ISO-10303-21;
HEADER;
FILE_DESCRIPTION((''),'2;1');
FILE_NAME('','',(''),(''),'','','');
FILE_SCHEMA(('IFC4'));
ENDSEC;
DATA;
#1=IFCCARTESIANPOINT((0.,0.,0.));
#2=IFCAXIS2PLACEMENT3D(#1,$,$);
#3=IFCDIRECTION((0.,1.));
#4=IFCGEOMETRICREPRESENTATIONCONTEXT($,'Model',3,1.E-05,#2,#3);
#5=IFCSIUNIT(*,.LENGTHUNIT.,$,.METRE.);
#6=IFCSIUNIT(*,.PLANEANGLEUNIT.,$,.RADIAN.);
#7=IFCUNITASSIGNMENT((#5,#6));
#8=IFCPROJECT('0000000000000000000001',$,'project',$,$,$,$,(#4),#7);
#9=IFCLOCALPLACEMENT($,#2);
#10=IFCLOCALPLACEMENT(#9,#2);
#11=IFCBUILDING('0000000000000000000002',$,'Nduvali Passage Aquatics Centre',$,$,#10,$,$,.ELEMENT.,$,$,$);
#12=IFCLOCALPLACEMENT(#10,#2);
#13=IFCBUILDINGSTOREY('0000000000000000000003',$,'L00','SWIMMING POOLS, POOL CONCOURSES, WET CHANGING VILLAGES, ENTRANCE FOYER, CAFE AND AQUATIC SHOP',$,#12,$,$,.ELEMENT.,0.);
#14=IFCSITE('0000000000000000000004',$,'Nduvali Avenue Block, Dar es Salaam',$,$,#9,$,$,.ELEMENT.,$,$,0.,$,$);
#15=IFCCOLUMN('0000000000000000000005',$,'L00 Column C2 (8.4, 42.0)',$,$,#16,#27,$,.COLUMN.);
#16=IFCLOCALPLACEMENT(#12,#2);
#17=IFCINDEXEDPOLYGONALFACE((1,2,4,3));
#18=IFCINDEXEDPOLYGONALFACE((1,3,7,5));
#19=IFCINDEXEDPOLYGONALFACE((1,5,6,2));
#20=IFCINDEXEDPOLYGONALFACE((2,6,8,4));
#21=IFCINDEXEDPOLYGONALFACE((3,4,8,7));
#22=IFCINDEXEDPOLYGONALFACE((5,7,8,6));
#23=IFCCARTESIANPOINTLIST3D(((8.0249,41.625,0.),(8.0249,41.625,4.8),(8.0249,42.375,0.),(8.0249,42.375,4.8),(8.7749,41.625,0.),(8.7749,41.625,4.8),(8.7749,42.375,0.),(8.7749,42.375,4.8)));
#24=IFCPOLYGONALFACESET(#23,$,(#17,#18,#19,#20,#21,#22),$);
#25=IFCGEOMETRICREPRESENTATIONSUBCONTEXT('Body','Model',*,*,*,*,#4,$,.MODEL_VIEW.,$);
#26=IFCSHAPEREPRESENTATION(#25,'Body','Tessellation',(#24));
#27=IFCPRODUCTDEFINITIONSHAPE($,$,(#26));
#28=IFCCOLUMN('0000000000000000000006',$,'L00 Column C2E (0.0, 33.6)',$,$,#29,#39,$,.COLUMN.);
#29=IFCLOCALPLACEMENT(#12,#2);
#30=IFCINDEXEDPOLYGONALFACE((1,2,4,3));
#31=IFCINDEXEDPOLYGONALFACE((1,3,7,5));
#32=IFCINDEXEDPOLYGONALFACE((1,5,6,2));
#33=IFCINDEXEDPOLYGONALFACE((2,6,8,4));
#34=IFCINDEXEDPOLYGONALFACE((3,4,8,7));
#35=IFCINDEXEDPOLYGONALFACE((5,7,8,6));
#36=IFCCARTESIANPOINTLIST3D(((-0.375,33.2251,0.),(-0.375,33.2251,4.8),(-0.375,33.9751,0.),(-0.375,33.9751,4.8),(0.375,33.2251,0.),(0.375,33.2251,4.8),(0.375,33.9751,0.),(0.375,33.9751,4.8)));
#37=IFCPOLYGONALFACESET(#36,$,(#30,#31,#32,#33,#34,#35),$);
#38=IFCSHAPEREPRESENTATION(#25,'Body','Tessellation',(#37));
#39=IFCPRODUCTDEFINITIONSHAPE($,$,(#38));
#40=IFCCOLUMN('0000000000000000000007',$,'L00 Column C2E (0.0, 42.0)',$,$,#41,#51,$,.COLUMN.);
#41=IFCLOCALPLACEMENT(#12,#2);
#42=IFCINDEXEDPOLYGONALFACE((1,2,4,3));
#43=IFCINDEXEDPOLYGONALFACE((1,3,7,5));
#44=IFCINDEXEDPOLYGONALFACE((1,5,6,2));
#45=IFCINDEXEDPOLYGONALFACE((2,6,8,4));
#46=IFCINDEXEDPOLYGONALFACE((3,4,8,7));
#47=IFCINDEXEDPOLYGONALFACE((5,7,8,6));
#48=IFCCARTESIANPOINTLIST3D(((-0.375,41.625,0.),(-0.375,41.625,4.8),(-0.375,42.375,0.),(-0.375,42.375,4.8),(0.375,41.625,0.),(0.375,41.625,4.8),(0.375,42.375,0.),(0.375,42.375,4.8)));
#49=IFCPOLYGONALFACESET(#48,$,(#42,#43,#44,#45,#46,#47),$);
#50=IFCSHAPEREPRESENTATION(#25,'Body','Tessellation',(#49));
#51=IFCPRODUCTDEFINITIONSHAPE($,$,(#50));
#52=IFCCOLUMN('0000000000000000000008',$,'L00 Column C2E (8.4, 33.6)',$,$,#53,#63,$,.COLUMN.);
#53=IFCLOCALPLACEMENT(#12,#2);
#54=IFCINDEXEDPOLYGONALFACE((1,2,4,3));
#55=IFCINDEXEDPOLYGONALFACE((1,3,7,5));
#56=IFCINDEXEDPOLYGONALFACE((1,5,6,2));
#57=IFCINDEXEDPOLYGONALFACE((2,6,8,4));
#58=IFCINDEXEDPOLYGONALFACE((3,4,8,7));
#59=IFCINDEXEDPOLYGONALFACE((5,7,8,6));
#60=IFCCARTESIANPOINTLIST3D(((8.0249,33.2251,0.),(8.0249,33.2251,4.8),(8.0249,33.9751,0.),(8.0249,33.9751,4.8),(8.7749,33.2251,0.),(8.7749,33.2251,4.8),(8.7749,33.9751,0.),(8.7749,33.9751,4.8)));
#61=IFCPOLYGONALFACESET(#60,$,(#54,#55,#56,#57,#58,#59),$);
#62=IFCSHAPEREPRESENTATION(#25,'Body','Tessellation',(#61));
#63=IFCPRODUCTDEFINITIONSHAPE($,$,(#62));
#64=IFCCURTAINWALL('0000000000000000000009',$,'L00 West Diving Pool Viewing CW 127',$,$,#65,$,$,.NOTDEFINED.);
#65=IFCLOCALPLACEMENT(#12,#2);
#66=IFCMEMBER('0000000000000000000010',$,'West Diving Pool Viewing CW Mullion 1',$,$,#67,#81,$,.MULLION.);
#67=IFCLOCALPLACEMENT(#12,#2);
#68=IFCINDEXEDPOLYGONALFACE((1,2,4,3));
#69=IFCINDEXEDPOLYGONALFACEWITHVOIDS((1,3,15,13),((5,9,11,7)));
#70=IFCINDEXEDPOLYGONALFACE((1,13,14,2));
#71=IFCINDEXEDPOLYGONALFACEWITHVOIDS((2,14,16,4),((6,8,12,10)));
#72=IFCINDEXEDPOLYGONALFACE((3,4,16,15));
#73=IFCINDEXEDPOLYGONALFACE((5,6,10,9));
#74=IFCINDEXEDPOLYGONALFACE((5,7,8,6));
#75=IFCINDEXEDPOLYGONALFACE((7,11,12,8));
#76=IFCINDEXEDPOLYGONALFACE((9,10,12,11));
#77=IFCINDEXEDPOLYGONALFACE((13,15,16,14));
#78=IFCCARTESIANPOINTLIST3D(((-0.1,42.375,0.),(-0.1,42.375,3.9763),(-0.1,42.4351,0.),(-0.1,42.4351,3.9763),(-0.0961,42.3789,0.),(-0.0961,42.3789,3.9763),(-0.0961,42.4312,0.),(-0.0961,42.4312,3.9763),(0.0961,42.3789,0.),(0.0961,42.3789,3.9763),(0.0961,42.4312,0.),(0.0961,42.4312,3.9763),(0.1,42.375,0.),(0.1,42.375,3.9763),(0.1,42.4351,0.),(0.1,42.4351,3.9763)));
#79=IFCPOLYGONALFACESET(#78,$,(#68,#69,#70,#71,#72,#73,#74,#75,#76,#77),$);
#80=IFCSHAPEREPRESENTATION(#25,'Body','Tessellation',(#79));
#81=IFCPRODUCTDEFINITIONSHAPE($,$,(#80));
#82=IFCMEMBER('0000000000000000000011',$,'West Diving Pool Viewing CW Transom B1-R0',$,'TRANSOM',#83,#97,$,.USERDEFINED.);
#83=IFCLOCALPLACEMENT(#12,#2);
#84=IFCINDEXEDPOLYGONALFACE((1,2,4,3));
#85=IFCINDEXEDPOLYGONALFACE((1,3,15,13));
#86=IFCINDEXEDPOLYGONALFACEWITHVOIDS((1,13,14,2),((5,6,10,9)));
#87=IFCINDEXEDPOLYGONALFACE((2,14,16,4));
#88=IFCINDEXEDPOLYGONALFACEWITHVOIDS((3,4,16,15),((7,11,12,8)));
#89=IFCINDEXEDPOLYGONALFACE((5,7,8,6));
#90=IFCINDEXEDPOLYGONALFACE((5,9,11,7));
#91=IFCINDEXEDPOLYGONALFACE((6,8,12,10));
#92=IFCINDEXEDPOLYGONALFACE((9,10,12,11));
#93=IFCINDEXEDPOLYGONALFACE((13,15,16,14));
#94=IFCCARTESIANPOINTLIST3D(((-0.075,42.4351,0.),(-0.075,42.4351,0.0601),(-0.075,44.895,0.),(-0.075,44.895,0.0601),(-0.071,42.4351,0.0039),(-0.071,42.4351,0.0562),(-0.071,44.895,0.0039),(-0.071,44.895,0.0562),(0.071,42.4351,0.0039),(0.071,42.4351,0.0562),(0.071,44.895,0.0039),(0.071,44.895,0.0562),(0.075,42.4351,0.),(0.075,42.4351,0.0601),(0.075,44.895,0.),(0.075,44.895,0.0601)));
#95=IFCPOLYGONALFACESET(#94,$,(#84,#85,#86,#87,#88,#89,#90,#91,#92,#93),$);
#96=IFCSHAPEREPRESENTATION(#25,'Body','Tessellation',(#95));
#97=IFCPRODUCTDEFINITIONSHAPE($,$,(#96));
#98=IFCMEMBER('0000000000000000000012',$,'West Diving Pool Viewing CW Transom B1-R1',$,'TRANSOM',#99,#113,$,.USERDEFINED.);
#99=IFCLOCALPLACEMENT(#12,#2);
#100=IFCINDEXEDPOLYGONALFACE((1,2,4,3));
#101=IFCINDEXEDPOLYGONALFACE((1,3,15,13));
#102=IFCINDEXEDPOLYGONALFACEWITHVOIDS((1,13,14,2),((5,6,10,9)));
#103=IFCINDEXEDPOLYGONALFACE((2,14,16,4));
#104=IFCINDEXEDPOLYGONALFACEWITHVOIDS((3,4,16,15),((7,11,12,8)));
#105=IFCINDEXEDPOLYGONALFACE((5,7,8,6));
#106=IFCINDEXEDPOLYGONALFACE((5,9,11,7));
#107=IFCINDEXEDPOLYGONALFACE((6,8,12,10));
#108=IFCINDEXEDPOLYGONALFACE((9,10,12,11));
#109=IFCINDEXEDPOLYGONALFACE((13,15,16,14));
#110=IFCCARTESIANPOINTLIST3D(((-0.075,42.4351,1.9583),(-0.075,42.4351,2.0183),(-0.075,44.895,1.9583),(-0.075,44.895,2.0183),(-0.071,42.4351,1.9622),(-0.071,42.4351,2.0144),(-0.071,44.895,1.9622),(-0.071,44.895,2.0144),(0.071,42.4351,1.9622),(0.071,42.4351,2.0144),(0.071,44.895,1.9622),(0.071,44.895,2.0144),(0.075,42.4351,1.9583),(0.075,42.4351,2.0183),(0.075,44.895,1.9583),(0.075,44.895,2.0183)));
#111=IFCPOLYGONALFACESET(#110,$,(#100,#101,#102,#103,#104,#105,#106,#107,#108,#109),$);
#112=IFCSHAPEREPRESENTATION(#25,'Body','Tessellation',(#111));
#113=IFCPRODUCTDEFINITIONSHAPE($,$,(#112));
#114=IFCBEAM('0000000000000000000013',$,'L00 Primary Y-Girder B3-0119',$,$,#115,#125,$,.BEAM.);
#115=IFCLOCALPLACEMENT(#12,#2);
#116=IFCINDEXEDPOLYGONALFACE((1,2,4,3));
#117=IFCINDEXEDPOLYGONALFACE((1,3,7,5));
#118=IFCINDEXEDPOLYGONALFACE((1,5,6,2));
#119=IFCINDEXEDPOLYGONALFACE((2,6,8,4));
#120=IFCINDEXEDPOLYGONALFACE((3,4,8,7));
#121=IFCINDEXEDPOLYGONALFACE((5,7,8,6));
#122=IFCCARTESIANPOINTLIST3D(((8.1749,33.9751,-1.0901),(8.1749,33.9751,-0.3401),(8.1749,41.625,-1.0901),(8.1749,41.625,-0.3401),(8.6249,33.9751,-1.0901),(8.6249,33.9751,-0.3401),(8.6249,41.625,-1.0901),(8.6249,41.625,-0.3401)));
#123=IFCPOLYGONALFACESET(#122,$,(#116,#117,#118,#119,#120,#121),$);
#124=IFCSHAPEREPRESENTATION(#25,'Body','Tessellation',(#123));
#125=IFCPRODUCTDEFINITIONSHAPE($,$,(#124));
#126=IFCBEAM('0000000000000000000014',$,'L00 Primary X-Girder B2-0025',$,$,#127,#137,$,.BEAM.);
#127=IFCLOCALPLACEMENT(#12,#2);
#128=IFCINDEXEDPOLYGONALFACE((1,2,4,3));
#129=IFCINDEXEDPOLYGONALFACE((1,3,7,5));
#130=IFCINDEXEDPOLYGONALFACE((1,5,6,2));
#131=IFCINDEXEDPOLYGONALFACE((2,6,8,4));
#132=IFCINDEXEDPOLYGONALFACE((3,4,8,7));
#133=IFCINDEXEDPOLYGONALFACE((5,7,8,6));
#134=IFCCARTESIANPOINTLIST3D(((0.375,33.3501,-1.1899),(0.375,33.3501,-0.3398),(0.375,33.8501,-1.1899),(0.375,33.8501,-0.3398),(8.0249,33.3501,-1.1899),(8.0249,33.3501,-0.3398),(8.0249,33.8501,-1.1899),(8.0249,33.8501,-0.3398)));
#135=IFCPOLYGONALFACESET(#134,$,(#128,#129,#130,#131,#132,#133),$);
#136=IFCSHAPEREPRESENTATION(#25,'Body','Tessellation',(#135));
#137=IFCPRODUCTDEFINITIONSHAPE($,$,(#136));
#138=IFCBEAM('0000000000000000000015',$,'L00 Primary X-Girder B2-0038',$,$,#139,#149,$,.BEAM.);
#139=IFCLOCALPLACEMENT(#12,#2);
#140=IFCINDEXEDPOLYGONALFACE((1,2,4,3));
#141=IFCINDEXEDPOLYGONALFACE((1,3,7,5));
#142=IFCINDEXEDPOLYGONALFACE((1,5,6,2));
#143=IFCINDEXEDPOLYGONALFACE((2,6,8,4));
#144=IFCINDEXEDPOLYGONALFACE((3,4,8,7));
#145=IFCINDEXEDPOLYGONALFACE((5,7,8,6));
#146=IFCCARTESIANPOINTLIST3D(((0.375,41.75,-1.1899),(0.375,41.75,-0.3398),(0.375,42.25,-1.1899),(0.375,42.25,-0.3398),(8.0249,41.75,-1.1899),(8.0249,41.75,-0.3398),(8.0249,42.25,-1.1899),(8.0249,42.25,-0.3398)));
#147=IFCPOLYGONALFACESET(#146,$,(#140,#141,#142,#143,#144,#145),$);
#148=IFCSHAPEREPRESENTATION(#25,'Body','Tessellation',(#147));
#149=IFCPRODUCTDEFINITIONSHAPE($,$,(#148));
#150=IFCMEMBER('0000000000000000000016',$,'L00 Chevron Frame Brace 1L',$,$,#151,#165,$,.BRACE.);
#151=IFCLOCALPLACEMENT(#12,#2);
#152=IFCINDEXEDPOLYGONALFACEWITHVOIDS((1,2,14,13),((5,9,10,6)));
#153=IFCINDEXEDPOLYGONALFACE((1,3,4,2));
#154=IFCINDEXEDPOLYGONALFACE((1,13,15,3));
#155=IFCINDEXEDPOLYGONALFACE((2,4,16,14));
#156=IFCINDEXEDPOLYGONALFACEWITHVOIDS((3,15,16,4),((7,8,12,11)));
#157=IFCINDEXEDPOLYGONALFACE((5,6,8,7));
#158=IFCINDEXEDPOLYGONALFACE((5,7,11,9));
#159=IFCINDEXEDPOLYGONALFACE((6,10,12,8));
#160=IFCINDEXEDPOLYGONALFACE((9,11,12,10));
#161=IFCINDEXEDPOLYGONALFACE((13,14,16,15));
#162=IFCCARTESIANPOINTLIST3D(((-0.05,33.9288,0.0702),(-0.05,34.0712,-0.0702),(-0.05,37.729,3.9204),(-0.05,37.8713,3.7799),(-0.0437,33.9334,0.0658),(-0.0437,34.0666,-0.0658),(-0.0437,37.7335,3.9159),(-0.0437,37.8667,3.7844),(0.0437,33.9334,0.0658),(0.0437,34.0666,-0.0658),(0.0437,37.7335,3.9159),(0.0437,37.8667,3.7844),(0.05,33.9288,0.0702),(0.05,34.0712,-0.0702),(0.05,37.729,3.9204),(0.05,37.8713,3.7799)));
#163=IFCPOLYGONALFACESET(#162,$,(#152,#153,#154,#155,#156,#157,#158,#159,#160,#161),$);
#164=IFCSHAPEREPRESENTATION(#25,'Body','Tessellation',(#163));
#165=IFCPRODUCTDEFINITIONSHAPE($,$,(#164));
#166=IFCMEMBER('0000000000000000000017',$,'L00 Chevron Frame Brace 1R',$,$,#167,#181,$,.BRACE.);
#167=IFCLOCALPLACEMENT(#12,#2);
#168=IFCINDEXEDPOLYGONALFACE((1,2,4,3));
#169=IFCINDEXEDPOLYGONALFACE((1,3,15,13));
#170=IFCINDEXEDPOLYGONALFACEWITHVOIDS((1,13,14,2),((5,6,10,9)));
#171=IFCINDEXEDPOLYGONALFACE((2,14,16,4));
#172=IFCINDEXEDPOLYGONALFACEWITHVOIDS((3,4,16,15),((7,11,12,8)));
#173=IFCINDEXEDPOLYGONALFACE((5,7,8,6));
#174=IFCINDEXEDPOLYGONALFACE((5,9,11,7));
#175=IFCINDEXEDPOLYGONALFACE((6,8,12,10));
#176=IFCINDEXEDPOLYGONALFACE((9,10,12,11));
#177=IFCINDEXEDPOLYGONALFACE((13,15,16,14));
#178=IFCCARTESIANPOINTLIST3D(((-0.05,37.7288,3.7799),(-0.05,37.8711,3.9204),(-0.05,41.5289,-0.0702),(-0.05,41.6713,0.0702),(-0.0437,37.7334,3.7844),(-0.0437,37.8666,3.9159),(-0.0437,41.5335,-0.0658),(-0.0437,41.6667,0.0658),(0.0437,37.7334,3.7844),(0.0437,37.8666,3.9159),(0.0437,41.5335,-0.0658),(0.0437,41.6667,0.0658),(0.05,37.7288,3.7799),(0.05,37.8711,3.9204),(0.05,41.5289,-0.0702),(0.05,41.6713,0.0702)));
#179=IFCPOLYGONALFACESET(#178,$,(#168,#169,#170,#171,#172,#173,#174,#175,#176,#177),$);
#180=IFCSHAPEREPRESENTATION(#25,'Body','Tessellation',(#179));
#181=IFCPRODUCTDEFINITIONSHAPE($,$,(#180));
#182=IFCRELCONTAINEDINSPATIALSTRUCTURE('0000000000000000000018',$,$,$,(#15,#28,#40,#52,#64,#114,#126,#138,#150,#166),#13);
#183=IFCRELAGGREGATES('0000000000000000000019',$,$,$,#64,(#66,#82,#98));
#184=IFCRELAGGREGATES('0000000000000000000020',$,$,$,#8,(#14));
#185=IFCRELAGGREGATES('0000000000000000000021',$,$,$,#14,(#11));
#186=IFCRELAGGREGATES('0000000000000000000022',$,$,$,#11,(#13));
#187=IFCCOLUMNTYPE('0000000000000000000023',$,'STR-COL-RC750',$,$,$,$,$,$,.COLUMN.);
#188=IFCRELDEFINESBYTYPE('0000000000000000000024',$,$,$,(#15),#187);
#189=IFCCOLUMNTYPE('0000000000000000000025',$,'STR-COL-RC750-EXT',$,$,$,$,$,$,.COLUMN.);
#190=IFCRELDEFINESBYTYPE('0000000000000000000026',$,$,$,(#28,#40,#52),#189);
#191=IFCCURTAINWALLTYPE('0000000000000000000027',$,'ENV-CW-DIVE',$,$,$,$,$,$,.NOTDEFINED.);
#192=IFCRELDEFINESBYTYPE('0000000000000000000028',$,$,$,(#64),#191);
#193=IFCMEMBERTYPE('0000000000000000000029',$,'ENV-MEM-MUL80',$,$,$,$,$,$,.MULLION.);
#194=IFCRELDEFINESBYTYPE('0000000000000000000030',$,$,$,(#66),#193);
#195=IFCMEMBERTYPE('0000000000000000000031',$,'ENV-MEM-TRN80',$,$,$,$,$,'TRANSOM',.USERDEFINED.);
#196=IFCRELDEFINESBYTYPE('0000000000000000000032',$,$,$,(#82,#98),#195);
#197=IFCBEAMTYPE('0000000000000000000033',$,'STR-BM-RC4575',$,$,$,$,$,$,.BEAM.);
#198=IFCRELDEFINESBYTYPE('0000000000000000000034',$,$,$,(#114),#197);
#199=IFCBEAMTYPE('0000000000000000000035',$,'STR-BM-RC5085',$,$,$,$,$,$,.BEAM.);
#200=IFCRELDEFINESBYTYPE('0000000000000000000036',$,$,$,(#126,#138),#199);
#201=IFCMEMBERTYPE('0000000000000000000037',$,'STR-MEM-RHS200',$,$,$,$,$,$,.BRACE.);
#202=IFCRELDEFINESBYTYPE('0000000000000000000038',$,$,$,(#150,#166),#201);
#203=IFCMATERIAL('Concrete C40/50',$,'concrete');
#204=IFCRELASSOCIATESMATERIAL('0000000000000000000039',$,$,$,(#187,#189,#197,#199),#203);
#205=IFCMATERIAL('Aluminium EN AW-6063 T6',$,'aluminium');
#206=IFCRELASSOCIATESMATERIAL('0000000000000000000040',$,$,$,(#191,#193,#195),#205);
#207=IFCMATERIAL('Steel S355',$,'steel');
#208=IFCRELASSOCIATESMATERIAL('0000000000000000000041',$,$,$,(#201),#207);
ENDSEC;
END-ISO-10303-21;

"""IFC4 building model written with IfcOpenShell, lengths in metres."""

from ifc_helpers import new_model, si_unit, direction, frame, origin, origin_2d, place, context, subcontext, project, spatial, rectangle, hollow_rectangle, extrude, material, material_profile, profile_set, type_object, element, aggregate, save


model = new_model("IFC4")

# Units and contexts
model_context = context("Model", 3, precision=1e-05, world=origin(), true_north=direction((0.0, 1.0)))
body_context = subcontext(model_context, "Body", "Model", "MODEL_VIEW")
ifc_project = project(units=[si_unit("LENGTHUNIT", "METRE"), si_unit("PLANEANGLEUNIT", "RADIAN")], contexts=[model_context])

# Site, building, storey
site_placement = place(None, origin())
site = spatial("IfcSite", under=ifc_project, at=site_placement, Name="Nduvali Avenue Block, Dar es Salaam", CompositionType="ELEMENT", RefElevation=0.0)
building_placement = place(site_placement, origin())
building = spatial("IfcBuilding", under=site, at=building_placement, Name="Nduvali Passage Aquatics Centre", CompositionType="ELEMENT")
storey_placement = place(building_placement, origin())
storey = spatial("IfcBuildingStorey", under=building, at=storey_placement, Name="L00", Description="SWIMMING POOLS, POOL CONCOURSES, WET CHANGING VILLAGES, ENTRANCE FOYER, CAFE AND AQUATIC SHOP", CompositionType="ELEMENT", Elevation=0.0)

# Columns
ifc_material_1 = material(Name="Concrete C40/50", Category="concrete")
ifc_material_profile_1 = material_profile(ifc_material_1, rectangle(XDim=0.75, YDim=0.75, at=origin_2d()), Name="RC 750x750")
ifc_profile_set_1 = profile_set([ifc_material_profile_1], Name="Concrete C40/50")
column_type_1 = type_object("IfcColumnType", Name="STR-COL-RC750", PredefinedType="COLUMN", material=ifc_profile_set_1)
column_placement = place(storey_placement, frame((8.3999, 42.0, 0.0), z_axis=(0.0, 0.0, 1.0), x_axis=(1.0, 0.0, 0.0)))
element("IfcColumn", 1, at=column_placement, inside=storey, type_object=column_type_1, Name="L00 Column C2 (8.4, 42.0)", PredefinedType="COLUMN", context=body_context, shape_type="SweptSolid", body=[
    extrude(rectangle(XDim=0.75, YDim=0.75, at=origin_2d()), origin(), (0.0, 0.0, 1.0), 4.8),
])
ifc_material_profile_2 = material_profile(ifc_material_1, rectangle(XDim=0.75, YDim=0.75, at=origin_2d()), Name="RC 750x750")
ifc_profile_set_2 = profile_set([ifc_material_profile_2], Name="Concrete C40/50")
column_type_2 = type_object("IfcColumnType", Name="STR-COL-RC750-EXT", PredefinedType="COLUMN", material=ifc_profile_set_2)
for number, where, z_axis, x_axis, name in (
    (2, (0.0, 33.6001, 0.0), (0.0, 0.0, 1.0), (1.0, 0.0, 0.0), "L00 Column C2E (0.0, 33.6)"),
    (3, (0.0, 42.0, 0.0), (0.0, 0.0, 1.0), (1.0, 0.0, 0.0), "L00 Column C2E (0.0, 42.0)"),
    (4, (8.3999, 33.6001, 0.0), (0.0, 0.0, 1.0), (1.0, 0.0, 0.0), "L00 Column C2E (8.4, 33.6)"),
):
    element("IfcColumn", number, at=place(storey_placement, frame(where, z_axis=z_axis, x_axis=x_axis)), inside=storey, type_object=column_type_2, Name=name, PredefinedType="COLUMN", context=body_context, shape_type="SweptSolid", body=[
        extrude(rectangle(XDim=0.75, YDim=0.75, at=origin_2d()), origin(), (0.0, 0.0, 1.0), 4.8),
    ])

# Curtain wall, members
ifc_material_2 = material(Name="Aluminium EN AW-6063 T6", Category="aluminium")
curtain_wall_type = type_object("IfcCurtainWallType", Name="ENV-CW-DIVE", PredefinedType="NOTDEFINED", material=ifc_material_2)
curtain_wall_placement = place(storey_placement, origin())
curtain_wall = element("IfcCurtainWall", 5, at=curtain_wall_placement, inside=storey, type_object=curtain_wall_type, Name="L00 West Diving Pool Viewing CW 127", PredefinedType="NOTDEFINED")
ifc_material_profile_3 = material_profile(ifc_material_2, hollow_rectangle(XDim=0.0601, YDim=0.2, WallThickness=0.0039, at=origin_2d()), Name="ALU MULLION 60x200x4")
ifc_profile_set_3 = profile_set([ifc_material_profile_3], Name="Aluminium EN AW-6063 T6")
member_type_1 = type_object("IfcMemberType", Name="ENV-MEM-MUL80", PredefinedType="MULLION", material=ifc_profile_set_3)
member_1_placement = place(storey_placement, frame((0.0, 42.405, 0.0), z_axis=(0.0, 0.0, 1.0), x_axis=(0.0, 1.0, 0.0)))
member_1 = element("IfcMember", 6, at=member_1_placement, type_object=member_type_1, Name="West Diving Pool Viewing CW Mullion 1", PredefinedType="MULLION", context=body_context, shape_type="SweptSolid", body=[
    extrude(hollow_rectangle(XDim=0.0601, YDim=0.2, WallThickness=0.0039, at=origin_2d()), origin(), (0.0, 0.0, 1.0), 3.9763),
])
ifc_material_profile_4 = material_profile(ifc_material_2, hollow_rectangle(XDim=0.1499, YDim=0.0601, WallThickness=0.0039, at=origin_2d()), Name="ALU TRANSOM 150x60x4")
ifc_profile_set_4 = profile_set([ifc_material_profile_4], Name="Aluminium EN AW-6063 T6")
member_type_2 = type_object("IfcMemberType", Name="ENV-MEM-TRN80", ElementType="TRANSOM", PredefinedType="USERDEFINED", material=ifc_profile_set_4)
member_2_placement = place(storey_placement, frame((0.0, 42.4351, 0.03), z_axis=(0.0, 1.0, 0.0), x_axis=(-1.0, 0.0, 0.0)))
member_2 = element("IfcMember", 7, at=member_2_placement, type_object=member_type_2, Name="West Diving Pool Viewing CW Transom B1-R0", ObjectType="TRANSOM", PredefinedType="USERDEFINED", context=body_context, shape_type="SweptSolid", body=[
    extrude(hollow_rectangle(XDim=0.1499, YDim=0.0601, WallThickness=0.0039, at=origin_2d()), origin(), (0.0, 0.0, 1.0), 2.46),
])
member_3_placement = place(storey_placement, frame((0.0, 42.4351, 1.9883), z_axis=(0.0, 1.0, 0.0), x_axis=(-1.0, 0.0, 0.0)))
member_3 = element("IfcMember", 8, at=member_3_placement, type_object=member_type_2, Name="West Diving Pool Viewing CW Transom B1-R1", ObjectType="TRANSOM", PredefinedType="USERDEFINED", context=body_context, shape_type="SweptSolid", body=[
    extrude(hollow_rectangle(XDim=0.1499, YDim=0.0601, WallThickness=0.0039, at=origin_2d()), origin(), (0.0, 0.0, 1.0), 2.46),
])
aggregate(curtain_wall, [member_1, member_2, member_3])

# Beams
ifc_material_profile_5 = material_profile(ifc_material_1, rectangle(XDim=0.45, YDim=0.75, at=origin_2d()), Name="RC 450x750")
ifc_profile_set_5 = profile_set([ifc_material_profile_5], Name="Concrete C40/50")
beam_type_1 = type_object("IfcBeamType", Name="STR-BM-RC4575", PredefinedType="BEAM", material=ifc_profile_set_5)
beam_placement = place(storey_placement, frame((8.3999, 33.9751, -0.7151), z_axis=(0.0, 1.0, 0.0), x_axis=(-1.0, 0.0, 0.0)))
element("IfcBeam", 9, at=beam_placement, inside=storey, type_object=beam_type_1, Name="L00 Primary Y-Girder B3-0119", PredefinedType="BEAM", context=body_context, shape_type="SweptSolid", body=[
    extrude(rectangle(XDim=0.45, YDim=0.75, at=origin_2d()), origin(), (0.0, 0.0, 1.0), 7.6499),
])
ifc_material_profile_6 = material_profile(ifc_material_1, rectangle(XDim=0.5, YDim=0.8501, at=origin_2d()), Name="RC 500x850")
ifc_profile_set_6 = profile_set([ifc_material_profile_6], Name="Concrete C40/50")
beam_type_2 = type_object("IfcBeamType", Name="STR-BM-RC5085", PredefinedType="BEAM", material=ifc_profile_set_6)
for number, where, z_axis, x_axis, name in (
    (10, (0.375, 33.6001, -0.7649), (1.0, 0.0, 0.0), (0.0, 1.0, 0.0), "L00 Primary X-Girder B2-0025"),
    (11, (0.375, 42.0, -0.7649), (1.0, 0.0, 0.0), (0.0, 1.0, 0.0), "L00 Primary X-Girder B2-0038"),
):
    element("IfcBeam", number, at=place(storey_placement, frame(where, z_axis=z_axis, x_axis=x_axis)), inside=storey, type_object=beam_type_2, Name=name, PredefinedType="BEAM", context=body_context, shape_type="SweptSolid", body=[
        extrude(rectangle(XDim=0.5, YDim=0.8501, at=origin_2d()), origin(), (0.0, 0.0, 1.0), 7.6499),
    ])

# Members
ifc_material_3 = material(Name="Steel S355", Category="steel")
ifc_material_profile_7 = material_profile(ifc_material_3, hollow_rectangle(XDim=0.1001, YDim=0.2, WallThickness=0.0063, at=origin_2d()), Name="RHS 200x100x6.3")
ifc_profile_set_7 = profile_set([ifc_material_profile_7], Name="Steel S355")
member_type_3 = type_object("IfcMemberType", Name="STR-MEM-RHS200", PredefinedType="BRACE", material=ifc_profile_set_7)
for number, where, z_axis, x_axis, name in (
    (12, (0.0, 34.0, 0.0), (0.0, 0.702466, 0.711718), (-1.0, 0.0, 0.0), "L00 Chevron Frame Brace 1L"),
    (13, (0.0, 41.6001, 0.0), (0.0, -0.702466, 0.711718), (1.0, 0.0, 0.0), "L00 Chevron Frame Brace 1R"),
):
    element("IfcMember", number, at=place(storey_placement, frame(where, z_axis=z_axis, x_axis=x_axis)), inside=storey, type_object=member_type_3, Name=name, PredefinedType="BRACE", context=body_context, shape_type="SweptSolid", body=[
        extrude(hollow_rectangle(XDim=0.1001, YDim=0.2, WallThickness=0.0063, at=origin_2d()), origin(), (0.0, 0.0, 1.0), 5.4097),
    ])

save(model, "model.ifc")
